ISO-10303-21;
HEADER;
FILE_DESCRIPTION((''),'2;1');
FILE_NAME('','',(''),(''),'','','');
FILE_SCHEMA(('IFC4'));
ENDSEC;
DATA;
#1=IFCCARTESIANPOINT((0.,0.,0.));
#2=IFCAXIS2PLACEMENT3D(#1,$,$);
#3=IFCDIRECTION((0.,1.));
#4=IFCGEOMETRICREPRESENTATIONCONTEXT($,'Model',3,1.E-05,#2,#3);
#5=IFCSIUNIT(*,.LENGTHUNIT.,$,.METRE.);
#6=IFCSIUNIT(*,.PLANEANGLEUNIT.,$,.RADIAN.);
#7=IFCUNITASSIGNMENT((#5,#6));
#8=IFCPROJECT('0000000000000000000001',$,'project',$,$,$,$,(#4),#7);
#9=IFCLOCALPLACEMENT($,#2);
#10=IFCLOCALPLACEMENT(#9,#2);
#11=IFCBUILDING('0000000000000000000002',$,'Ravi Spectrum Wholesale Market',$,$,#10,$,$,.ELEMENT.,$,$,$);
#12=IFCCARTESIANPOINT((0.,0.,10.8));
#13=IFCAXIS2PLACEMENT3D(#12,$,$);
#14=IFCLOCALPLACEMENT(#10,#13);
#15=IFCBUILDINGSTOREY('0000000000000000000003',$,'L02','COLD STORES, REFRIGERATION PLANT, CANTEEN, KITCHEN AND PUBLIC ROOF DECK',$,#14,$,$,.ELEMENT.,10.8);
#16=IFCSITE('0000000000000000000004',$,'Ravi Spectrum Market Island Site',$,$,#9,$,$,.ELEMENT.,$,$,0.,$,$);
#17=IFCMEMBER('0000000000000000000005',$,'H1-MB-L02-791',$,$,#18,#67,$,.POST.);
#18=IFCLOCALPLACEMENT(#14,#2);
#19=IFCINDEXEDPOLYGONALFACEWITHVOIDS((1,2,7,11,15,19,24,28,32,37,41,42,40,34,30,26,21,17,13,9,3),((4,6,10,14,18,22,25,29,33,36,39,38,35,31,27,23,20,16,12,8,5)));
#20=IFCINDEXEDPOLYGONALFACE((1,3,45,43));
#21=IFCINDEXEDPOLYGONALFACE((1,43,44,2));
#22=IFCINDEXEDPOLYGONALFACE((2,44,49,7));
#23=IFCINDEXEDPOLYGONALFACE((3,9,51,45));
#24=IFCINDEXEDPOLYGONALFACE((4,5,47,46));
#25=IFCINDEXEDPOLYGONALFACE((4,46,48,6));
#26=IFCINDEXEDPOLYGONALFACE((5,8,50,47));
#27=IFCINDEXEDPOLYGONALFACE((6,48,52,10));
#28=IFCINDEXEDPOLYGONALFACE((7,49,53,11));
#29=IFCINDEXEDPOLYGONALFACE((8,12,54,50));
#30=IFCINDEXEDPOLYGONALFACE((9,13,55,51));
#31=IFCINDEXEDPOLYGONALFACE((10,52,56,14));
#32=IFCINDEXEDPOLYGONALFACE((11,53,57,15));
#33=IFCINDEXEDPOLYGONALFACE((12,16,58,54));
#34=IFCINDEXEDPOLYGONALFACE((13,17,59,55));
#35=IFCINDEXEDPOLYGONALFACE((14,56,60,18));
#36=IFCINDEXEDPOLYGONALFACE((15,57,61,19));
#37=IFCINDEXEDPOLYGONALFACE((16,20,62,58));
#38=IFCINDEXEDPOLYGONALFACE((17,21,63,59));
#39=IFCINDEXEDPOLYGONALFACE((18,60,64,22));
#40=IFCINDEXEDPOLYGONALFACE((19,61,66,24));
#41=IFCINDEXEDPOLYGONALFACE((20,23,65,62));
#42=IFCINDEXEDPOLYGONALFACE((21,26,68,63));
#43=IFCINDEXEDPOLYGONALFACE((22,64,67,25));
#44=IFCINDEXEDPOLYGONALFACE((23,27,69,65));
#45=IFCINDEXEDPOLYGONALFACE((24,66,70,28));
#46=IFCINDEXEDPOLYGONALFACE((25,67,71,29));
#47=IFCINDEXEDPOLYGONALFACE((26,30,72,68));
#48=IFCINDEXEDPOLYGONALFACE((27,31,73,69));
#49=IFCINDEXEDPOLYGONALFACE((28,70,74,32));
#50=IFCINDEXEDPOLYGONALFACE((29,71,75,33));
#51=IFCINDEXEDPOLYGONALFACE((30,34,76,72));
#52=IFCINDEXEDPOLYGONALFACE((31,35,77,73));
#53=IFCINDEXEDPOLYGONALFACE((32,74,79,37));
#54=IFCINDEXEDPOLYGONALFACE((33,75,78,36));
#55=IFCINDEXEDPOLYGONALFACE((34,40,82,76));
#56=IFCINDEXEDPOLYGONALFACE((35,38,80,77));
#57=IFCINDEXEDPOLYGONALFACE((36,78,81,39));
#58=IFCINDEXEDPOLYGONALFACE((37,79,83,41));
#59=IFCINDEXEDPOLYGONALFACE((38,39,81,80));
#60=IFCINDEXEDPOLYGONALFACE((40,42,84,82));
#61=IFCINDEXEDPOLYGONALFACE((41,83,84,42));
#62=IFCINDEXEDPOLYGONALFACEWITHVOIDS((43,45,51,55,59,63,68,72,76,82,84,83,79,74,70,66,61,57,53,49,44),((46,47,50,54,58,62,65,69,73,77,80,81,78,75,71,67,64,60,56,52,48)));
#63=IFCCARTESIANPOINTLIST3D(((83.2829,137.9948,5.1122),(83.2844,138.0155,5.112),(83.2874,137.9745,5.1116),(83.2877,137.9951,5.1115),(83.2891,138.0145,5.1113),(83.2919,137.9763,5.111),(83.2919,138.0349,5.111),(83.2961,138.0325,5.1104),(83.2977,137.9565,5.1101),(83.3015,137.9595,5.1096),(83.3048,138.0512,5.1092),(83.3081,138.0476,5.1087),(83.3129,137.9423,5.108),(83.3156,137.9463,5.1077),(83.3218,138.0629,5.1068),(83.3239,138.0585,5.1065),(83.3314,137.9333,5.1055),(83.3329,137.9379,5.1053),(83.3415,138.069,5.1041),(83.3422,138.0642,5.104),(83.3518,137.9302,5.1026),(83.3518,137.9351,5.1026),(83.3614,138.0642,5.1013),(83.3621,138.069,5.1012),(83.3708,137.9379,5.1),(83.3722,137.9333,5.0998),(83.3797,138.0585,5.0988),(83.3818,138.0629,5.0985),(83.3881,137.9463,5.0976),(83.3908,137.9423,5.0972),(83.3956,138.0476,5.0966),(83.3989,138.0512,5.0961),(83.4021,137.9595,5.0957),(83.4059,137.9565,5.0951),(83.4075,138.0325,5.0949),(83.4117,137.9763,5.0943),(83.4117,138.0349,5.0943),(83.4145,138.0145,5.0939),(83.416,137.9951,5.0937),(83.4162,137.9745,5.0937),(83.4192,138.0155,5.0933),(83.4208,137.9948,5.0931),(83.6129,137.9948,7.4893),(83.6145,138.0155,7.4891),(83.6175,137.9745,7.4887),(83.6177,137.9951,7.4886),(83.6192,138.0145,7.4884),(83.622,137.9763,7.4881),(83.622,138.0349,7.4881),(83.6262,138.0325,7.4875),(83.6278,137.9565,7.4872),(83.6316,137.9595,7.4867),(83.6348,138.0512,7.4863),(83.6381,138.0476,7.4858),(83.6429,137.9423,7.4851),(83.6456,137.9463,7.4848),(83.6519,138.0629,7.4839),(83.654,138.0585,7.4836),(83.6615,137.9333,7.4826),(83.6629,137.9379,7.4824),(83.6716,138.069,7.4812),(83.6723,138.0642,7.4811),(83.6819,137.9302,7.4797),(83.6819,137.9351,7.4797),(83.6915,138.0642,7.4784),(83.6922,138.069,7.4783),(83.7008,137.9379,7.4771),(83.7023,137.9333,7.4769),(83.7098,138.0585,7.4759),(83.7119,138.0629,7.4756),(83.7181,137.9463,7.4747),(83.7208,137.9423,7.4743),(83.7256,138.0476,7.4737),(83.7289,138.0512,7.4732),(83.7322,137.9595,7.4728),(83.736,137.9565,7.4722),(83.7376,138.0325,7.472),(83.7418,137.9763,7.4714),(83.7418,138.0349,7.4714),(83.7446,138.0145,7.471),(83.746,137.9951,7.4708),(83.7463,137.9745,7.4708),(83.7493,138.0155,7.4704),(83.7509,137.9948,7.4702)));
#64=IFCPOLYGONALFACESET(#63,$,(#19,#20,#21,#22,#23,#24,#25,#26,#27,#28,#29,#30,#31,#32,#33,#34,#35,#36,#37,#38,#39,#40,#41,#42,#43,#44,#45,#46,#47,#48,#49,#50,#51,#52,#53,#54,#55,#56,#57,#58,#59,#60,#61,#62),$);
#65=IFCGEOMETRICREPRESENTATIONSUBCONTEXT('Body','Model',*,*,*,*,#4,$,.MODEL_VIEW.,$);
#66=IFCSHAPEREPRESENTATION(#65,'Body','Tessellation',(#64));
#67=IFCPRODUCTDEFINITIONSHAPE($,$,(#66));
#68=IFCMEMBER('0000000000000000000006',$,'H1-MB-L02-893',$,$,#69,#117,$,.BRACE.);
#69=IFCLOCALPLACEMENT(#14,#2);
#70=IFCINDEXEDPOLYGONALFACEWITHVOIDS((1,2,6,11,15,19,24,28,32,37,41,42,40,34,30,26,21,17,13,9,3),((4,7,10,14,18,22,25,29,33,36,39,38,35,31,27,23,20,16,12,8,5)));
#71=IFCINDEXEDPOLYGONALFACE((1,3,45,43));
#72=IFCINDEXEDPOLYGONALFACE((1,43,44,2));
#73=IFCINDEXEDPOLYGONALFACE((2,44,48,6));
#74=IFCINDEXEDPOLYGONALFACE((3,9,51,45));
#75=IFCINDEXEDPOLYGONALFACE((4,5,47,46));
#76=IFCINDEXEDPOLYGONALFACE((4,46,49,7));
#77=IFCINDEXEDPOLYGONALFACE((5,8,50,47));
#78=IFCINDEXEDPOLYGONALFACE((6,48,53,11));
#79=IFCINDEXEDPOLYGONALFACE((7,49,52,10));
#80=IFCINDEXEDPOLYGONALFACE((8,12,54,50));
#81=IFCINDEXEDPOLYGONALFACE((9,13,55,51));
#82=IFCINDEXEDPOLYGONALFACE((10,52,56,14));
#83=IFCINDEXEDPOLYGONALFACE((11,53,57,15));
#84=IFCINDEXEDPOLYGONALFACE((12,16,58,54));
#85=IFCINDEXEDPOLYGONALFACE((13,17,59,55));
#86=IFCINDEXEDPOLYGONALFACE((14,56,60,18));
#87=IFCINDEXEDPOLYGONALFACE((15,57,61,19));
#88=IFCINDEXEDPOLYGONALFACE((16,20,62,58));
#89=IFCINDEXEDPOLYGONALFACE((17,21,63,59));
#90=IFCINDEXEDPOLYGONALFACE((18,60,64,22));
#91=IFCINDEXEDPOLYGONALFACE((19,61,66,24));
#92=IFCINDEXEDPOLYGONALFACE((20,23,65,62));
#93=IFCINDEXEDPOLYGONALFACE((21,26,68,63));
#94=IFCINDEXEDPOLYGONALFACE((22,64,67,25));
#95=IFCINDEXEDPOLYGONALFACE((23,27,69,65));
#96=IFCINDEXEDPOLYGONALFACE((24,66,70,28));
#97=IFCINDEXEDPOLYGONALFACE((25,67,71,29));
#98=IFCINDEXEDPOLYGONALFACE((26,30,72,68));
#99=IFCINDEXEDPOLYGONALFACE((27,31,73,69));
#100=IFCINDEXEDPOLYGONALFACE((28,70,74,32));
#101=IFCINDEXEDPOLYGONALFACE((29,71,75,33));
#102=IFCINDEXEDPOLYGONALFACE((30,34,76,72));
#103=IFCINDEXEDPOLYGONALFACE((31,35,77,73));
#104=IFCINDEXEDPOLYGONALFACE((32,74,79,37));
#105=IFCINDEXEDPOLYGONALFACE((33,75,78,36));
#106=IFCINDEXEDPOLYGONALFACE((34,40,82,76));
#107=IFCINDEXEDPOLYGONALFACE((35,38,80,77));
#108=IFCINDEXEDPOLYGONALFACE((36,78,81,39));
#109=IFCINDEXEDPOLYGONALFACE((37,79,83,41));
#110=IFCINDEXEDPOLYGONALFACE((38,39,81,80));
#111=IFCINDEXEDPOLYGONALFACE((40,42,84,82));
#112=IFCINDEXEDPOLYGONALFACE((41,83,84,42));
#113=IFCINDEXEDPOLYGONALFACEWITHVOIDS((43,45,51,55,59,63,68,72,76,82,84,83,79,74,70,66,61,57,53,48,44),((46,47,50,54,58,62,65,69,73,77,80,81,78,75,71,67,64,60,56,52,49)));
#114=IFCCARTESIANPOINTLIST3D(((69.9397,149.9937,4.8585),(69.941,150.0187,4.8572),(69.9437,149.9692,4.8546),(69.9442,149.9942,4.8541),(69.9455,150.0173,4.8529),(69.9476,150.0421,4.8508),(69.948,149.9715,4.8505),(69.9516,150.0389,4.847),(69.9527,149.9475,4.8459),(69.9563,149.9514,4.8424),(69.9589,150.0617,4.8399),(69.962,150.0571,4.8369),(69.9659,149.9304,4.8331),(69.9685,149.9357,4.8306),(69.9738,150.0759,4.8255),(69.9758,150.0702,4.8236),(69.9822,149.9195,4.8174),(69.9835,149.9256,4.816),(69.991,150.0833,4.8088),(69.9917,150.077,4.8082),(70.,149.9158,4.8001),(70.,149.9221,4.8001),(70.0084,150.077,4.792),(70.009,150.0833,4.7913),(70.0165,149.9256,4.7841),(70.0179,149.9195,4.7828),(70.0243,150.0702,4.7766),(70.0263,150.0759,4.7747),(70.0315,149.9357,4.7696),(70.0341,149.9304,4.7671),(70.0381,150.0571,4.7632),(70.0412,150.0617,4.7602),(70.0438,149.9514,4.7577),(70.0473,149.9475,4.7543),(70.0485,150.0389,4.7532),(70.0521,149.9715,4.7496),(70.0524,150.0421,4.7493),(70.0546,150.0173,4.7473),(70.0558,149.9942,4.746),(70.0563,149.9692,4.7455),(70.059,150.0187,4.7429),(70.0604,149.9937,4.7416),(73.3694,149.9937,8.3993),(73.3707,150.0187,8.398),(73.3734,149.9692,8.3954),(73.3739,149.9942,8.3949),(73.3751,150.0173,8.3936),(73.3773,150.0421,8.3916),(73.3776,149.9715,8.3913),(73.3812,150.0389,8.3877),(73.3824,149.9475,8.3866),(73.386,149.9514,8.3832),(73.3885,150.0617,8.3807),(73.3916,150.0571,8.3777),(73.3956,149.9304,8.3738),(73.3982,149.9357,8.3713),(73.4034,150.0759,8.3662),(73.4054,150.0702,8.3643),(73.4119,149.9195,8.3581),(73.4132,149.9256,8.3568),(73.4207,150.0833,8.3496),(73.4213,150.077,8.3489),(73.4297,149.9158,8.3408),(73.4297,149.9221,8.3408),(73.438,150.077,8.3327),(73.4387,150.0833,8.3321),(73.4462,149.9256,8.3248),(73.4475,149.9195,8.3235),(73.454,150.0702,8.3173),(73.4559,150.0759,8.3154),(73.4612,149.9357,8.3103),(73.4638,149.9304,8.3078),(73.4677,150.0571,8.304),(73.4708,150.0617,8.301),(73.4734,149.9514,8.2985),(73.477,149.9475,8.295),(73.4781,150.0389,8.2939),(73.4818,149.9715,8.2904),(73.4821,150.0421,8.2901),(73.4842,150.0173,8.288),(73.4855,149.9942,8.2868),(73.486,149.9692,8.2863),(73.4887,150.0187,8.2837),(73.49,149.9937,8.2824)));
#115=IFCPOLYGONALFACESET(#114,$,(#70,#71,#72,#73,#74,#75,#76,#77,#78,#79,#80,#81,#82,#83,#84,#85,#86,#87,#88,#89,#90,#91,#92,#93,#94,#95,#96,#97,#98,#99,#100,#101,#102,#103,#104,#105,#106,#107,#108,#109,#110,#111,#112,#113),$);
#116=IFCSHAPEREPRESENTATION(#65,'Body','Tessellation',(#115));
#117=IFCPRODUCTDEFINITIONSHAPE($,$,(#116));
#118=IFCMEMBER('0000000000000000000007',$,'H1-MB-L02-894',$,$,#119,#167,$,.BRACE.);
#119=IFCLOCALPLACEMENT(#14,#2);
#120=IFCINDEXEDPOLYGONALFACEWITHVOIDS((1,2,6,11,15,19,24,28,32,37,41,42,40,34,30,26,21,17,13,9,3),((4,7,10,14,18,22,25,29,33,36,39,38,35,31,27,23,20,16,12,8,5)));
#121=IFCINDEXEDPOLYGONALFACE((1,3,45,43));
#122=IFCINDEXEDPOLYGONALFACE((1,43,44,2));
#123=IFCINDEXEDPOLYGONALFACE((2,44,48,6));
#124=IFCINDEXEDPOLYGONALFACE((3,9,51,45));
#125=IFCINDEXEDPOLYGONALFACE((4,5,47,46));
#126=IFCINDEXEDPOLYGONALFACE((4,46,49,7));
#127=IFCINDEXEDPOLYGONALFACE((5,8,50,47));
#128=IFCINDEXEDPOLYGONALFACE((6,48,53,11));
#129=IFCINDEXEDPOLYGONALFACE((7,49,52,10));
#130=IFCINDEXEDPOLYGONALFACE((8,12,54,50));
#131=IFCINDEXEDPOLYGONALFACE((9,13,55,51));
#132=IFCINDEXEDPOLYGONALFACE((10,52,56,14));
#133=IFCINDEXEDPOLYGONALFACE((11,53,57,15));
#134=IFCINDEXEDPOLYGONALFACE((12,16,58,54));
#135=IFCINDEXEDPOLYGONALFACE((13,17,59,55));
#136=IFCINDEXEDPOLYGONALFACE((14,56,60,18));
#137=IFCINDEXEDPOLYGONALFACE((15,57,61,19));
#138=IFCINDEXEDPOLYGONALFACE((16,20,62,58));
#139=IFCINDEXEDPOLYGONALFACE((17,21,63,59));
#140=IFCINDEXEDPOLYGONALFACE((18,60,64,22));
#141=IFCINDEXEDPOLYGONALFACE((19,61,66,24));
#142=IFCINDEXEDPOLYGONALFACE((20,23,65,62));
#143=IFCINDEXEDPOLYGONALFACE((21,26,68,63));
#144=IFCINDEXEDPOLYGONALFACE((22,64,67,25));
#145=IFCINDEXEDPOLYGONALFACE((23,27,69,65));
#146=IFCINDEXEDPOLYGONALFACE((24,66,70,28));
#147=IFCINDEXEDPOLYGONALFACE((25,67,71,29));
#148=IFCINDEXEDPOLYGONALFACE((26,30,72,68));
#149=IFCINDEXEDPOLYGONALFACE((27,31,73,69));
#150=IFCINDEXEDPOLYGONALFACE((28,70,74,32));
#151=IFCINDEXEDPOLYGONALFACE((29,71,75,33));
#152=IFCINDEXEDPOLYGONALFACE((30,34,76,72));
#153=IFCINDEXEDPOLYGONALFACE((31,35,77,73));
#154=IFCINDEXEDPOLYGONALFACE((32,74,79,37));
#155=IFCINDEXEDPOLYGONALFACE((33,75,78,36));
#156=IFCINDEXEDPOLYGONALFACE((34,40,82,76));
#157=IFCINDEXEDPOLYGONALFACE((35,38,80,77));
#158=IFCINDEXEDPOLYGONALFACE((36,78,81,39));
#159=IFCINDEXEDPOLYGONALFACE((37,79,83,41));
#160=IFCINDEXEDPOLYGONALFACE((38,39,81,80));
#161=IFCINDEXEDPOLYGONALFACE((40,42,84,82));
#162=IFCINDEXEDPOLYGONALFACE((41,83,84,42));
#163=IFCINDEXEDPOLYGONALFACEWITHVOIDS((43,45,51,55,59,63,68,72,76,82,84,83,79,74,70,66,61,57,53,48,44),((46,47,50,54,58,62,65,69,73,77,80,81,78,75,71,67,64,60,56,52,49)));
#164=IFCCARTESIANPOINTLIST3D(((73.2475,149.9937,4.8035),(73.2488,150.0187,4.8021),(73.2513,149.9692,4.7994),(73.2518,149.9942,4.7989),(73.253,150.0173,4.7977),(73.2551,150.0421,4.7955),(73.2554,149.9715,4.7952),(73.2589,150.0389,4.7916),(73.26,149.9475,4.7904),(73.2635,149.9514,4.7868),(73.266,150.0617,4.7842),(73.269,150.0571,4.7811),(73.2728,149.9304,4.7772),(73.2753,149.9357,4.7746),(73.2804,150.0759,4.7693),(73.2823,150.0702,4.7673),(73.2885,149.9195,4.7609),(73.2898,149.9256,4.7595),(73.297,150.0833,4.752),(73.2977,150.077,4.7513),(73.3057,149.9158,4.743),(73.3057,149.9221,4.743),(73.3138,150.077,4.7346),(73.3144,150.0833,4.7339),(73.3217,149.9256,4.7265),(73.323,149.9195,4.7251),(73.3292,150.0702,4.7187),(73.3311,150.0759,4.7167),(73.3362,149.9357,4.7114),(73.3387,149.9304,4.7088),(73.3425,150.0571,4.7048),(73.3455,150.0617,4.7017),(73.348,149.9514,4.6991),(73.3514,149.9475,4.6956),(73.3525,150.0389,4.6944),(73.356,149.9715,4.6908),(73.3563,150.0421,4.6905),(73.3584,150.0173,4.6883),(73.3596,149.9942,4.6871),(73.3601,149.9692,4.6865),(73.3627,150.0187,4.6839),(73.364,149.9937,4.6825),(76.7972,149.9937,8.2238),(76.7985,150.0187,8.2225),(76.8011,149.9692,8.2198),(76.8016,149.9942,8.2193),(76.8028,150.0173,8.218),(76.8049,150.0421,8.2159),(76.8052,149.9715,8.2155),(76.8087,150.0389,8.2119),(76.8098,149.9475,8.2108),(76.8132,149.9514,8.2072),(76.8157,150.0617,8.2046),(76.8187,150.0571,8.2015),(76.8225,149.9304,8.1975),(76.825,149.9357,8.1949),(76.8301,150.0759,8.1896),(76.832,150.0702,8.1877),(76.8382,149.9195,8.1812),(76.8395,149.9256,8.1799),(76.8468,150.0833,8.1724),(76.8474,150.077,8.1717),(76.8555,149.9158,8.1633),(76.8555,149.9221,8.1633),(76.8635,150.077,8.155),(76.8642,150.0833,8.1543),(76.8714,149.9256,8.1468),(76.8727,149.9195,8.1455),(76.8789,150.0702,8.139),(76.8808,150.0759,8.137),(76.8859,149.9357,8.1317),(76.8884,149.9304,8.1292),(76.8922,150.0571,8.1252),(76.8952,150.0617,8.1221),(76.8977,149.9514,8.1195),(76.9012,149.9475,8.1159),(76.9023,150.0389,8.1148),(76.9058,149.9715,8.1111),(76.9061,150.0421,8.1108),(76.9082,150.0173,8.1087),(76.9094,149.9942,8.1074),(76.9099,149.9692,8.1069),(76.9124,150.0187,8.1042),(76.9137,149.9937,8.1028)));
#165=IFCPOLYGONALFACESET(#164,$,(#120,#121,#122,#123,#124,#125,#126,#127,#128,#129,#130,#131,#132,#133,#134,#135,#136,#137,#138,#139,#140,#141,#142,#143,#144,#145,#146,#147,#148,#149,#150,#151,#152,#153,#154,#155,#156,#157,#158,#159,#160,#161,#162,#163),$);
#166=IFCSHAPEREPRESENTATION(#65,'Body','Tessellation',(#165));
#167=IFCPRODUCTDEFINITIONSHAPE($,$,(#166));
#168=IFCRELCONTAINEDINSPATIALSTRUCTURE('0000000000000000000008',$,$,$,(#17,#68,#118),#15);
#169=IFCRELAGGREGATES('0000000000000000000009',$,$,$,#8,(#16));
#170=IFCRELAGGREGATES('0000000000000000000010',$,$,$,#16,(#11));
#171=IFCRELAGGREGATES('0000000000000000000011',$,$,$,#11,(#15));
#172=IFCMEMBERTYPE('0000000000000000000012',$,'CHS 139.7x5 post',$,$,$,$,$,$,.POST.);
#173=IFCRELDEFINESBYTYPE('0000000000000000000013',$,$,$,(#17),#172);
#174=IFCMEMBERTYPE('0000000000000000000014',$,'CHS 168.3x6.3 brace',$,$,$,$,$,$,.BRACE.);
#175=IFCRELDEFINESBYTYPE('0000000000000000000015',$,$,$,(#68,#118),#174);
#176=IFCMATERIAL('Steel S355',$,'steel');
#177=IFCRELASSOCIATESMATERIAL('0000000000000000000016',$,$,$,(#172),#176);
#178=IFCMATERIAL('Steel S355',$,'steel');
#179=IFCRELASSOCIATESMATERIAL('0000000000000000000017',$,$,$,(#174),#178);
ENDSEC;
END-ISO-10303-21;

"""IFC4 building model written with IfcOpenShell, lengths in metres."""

from ifc_helpers import new_model, si_unit, direction, frame, origin, origin_2d, place, context, subcontext, project, spatial, hollow_circle, extrude, material, material_profile, profile_set, type_object, element, save


model = new_model("IFC4")

# Units and contexts
model_context = context("Model", 3, precision=1e-05, world=origin(), true_north=direction((0.0, 1.0)))
body_context = subcontext(model_context, "Body", "Model", "MODEL_VIEW")
ifc_project = project(units=[si_unit("LENGTHUNIT", "METRE"), si_unit("PLANEANGLEUNIT", "RADIAN")], contexts=[model_context])

# Site, building, storey
site_placement = place(None, origin())
site = spatial("IfcSite", under=ifc_project, at=site_placement, Name="Ravi Spectrum Market Island Site", CompositionType="ELEMENT", RefElevation=0.0)
building_placement = place(site_placement, origin())
building = spatial("IfcBuilding", under=site, at=building_placement, Name="Ravi Spectrum Wholesale Market", CompositionType="ELEMENT")
storey_placement = place(building_placement, frame((0.0, 0.0, 10.8)))
storey = spatial("IfcBuildingStorey", under=building, at=storey_placement, Name="L02", Description="COLD STORES, REFRIGERATION PLANT, CANTEEN, KITCHEN AND PUBLIC ROOF DECK", CompositionType="ELEMENT", Elevation=10.8)

# Members
ifc_material_1 = material(Name="Steel S355", Category="steel")
ifc_material_profile_1 = material_profile(ifc_material_1, hollow_circle(Radius=0.0698, WallThickness=0.0049, at=origin_2d()))
ifc_profile_set_1 = profile_set([ifc_material_profile_1], Name="Steel S355")
member_type_1 = type_object("IfcMemberType", Name="CHS 139.7x5 post", PredefinedType="POST", material=ifc_profile_set_1)
member_1_placement = place(storey_placement, frame((83.6819, 138.0, 7.4797), z_axis=(-0.137532, 0.0, -0.990497), x_axis=(0.0, -1.0, 0.0)))
element("IfcMember", 1, at=member_1_placement, inside=storey, type_object=member_type_1, Name="H1-MB-L02-791", PredefinedType="POST", context=body_context, shape_type="SweptSolid", body=[
    extrude(hollow_circle(Radius=0.0698, WallThickness=0.0049, at=origin_2d()), origin(), (0.0, 0.0, 1.0), 2.3999),
])
ifc_material_2 = material(Name="Steel S355", Category="steel")
ifc_material_profile_2 = material_profile(ifc_material_2, hollow_circle(Radius=0.0842, WallThickness=0.0063, at=origin_2d()))
ifc_profile_set_2 = profile_set([ifc_material_profile_2], Name="Steel S355")
member_type_2 = type_object("IfcMemberType", Name="CHS 168.3x6.3 brace", PredefinedType="BRACE", material=ifc_profile_set_2)
for number, where, z_axis, x_axis, name in (
    (2, (73.4297, 150.0, 8.3408), (-0.69575, 0.0, -0.718284), (0.0, -1.0, 0.0), "H1-MB-L02-893"),
    (3, (76.8555, 150.0, 8.1633), (-0.720109, 0.0, -0.693861), (0.0, -1.0, 0.0), "H1-MB-L02-894"),
):
    element("IfcMember", number, at=place(storey_placement, frame(where, z_axis=z_axis, x_axis=x_axis)), inside=storey, type_object=member_type_2, Name=name, PredefinedType="BRACE", context=body_context, shape_type="SweptSolid", body=[
        extrude(hollow_circle(Radius=0.0842, WallThickness=0.0063, at=origin_2d()), origin(), (0.0, 0.0, 1.0), 4.9294),
    ])

save(model, "model.ifc")
